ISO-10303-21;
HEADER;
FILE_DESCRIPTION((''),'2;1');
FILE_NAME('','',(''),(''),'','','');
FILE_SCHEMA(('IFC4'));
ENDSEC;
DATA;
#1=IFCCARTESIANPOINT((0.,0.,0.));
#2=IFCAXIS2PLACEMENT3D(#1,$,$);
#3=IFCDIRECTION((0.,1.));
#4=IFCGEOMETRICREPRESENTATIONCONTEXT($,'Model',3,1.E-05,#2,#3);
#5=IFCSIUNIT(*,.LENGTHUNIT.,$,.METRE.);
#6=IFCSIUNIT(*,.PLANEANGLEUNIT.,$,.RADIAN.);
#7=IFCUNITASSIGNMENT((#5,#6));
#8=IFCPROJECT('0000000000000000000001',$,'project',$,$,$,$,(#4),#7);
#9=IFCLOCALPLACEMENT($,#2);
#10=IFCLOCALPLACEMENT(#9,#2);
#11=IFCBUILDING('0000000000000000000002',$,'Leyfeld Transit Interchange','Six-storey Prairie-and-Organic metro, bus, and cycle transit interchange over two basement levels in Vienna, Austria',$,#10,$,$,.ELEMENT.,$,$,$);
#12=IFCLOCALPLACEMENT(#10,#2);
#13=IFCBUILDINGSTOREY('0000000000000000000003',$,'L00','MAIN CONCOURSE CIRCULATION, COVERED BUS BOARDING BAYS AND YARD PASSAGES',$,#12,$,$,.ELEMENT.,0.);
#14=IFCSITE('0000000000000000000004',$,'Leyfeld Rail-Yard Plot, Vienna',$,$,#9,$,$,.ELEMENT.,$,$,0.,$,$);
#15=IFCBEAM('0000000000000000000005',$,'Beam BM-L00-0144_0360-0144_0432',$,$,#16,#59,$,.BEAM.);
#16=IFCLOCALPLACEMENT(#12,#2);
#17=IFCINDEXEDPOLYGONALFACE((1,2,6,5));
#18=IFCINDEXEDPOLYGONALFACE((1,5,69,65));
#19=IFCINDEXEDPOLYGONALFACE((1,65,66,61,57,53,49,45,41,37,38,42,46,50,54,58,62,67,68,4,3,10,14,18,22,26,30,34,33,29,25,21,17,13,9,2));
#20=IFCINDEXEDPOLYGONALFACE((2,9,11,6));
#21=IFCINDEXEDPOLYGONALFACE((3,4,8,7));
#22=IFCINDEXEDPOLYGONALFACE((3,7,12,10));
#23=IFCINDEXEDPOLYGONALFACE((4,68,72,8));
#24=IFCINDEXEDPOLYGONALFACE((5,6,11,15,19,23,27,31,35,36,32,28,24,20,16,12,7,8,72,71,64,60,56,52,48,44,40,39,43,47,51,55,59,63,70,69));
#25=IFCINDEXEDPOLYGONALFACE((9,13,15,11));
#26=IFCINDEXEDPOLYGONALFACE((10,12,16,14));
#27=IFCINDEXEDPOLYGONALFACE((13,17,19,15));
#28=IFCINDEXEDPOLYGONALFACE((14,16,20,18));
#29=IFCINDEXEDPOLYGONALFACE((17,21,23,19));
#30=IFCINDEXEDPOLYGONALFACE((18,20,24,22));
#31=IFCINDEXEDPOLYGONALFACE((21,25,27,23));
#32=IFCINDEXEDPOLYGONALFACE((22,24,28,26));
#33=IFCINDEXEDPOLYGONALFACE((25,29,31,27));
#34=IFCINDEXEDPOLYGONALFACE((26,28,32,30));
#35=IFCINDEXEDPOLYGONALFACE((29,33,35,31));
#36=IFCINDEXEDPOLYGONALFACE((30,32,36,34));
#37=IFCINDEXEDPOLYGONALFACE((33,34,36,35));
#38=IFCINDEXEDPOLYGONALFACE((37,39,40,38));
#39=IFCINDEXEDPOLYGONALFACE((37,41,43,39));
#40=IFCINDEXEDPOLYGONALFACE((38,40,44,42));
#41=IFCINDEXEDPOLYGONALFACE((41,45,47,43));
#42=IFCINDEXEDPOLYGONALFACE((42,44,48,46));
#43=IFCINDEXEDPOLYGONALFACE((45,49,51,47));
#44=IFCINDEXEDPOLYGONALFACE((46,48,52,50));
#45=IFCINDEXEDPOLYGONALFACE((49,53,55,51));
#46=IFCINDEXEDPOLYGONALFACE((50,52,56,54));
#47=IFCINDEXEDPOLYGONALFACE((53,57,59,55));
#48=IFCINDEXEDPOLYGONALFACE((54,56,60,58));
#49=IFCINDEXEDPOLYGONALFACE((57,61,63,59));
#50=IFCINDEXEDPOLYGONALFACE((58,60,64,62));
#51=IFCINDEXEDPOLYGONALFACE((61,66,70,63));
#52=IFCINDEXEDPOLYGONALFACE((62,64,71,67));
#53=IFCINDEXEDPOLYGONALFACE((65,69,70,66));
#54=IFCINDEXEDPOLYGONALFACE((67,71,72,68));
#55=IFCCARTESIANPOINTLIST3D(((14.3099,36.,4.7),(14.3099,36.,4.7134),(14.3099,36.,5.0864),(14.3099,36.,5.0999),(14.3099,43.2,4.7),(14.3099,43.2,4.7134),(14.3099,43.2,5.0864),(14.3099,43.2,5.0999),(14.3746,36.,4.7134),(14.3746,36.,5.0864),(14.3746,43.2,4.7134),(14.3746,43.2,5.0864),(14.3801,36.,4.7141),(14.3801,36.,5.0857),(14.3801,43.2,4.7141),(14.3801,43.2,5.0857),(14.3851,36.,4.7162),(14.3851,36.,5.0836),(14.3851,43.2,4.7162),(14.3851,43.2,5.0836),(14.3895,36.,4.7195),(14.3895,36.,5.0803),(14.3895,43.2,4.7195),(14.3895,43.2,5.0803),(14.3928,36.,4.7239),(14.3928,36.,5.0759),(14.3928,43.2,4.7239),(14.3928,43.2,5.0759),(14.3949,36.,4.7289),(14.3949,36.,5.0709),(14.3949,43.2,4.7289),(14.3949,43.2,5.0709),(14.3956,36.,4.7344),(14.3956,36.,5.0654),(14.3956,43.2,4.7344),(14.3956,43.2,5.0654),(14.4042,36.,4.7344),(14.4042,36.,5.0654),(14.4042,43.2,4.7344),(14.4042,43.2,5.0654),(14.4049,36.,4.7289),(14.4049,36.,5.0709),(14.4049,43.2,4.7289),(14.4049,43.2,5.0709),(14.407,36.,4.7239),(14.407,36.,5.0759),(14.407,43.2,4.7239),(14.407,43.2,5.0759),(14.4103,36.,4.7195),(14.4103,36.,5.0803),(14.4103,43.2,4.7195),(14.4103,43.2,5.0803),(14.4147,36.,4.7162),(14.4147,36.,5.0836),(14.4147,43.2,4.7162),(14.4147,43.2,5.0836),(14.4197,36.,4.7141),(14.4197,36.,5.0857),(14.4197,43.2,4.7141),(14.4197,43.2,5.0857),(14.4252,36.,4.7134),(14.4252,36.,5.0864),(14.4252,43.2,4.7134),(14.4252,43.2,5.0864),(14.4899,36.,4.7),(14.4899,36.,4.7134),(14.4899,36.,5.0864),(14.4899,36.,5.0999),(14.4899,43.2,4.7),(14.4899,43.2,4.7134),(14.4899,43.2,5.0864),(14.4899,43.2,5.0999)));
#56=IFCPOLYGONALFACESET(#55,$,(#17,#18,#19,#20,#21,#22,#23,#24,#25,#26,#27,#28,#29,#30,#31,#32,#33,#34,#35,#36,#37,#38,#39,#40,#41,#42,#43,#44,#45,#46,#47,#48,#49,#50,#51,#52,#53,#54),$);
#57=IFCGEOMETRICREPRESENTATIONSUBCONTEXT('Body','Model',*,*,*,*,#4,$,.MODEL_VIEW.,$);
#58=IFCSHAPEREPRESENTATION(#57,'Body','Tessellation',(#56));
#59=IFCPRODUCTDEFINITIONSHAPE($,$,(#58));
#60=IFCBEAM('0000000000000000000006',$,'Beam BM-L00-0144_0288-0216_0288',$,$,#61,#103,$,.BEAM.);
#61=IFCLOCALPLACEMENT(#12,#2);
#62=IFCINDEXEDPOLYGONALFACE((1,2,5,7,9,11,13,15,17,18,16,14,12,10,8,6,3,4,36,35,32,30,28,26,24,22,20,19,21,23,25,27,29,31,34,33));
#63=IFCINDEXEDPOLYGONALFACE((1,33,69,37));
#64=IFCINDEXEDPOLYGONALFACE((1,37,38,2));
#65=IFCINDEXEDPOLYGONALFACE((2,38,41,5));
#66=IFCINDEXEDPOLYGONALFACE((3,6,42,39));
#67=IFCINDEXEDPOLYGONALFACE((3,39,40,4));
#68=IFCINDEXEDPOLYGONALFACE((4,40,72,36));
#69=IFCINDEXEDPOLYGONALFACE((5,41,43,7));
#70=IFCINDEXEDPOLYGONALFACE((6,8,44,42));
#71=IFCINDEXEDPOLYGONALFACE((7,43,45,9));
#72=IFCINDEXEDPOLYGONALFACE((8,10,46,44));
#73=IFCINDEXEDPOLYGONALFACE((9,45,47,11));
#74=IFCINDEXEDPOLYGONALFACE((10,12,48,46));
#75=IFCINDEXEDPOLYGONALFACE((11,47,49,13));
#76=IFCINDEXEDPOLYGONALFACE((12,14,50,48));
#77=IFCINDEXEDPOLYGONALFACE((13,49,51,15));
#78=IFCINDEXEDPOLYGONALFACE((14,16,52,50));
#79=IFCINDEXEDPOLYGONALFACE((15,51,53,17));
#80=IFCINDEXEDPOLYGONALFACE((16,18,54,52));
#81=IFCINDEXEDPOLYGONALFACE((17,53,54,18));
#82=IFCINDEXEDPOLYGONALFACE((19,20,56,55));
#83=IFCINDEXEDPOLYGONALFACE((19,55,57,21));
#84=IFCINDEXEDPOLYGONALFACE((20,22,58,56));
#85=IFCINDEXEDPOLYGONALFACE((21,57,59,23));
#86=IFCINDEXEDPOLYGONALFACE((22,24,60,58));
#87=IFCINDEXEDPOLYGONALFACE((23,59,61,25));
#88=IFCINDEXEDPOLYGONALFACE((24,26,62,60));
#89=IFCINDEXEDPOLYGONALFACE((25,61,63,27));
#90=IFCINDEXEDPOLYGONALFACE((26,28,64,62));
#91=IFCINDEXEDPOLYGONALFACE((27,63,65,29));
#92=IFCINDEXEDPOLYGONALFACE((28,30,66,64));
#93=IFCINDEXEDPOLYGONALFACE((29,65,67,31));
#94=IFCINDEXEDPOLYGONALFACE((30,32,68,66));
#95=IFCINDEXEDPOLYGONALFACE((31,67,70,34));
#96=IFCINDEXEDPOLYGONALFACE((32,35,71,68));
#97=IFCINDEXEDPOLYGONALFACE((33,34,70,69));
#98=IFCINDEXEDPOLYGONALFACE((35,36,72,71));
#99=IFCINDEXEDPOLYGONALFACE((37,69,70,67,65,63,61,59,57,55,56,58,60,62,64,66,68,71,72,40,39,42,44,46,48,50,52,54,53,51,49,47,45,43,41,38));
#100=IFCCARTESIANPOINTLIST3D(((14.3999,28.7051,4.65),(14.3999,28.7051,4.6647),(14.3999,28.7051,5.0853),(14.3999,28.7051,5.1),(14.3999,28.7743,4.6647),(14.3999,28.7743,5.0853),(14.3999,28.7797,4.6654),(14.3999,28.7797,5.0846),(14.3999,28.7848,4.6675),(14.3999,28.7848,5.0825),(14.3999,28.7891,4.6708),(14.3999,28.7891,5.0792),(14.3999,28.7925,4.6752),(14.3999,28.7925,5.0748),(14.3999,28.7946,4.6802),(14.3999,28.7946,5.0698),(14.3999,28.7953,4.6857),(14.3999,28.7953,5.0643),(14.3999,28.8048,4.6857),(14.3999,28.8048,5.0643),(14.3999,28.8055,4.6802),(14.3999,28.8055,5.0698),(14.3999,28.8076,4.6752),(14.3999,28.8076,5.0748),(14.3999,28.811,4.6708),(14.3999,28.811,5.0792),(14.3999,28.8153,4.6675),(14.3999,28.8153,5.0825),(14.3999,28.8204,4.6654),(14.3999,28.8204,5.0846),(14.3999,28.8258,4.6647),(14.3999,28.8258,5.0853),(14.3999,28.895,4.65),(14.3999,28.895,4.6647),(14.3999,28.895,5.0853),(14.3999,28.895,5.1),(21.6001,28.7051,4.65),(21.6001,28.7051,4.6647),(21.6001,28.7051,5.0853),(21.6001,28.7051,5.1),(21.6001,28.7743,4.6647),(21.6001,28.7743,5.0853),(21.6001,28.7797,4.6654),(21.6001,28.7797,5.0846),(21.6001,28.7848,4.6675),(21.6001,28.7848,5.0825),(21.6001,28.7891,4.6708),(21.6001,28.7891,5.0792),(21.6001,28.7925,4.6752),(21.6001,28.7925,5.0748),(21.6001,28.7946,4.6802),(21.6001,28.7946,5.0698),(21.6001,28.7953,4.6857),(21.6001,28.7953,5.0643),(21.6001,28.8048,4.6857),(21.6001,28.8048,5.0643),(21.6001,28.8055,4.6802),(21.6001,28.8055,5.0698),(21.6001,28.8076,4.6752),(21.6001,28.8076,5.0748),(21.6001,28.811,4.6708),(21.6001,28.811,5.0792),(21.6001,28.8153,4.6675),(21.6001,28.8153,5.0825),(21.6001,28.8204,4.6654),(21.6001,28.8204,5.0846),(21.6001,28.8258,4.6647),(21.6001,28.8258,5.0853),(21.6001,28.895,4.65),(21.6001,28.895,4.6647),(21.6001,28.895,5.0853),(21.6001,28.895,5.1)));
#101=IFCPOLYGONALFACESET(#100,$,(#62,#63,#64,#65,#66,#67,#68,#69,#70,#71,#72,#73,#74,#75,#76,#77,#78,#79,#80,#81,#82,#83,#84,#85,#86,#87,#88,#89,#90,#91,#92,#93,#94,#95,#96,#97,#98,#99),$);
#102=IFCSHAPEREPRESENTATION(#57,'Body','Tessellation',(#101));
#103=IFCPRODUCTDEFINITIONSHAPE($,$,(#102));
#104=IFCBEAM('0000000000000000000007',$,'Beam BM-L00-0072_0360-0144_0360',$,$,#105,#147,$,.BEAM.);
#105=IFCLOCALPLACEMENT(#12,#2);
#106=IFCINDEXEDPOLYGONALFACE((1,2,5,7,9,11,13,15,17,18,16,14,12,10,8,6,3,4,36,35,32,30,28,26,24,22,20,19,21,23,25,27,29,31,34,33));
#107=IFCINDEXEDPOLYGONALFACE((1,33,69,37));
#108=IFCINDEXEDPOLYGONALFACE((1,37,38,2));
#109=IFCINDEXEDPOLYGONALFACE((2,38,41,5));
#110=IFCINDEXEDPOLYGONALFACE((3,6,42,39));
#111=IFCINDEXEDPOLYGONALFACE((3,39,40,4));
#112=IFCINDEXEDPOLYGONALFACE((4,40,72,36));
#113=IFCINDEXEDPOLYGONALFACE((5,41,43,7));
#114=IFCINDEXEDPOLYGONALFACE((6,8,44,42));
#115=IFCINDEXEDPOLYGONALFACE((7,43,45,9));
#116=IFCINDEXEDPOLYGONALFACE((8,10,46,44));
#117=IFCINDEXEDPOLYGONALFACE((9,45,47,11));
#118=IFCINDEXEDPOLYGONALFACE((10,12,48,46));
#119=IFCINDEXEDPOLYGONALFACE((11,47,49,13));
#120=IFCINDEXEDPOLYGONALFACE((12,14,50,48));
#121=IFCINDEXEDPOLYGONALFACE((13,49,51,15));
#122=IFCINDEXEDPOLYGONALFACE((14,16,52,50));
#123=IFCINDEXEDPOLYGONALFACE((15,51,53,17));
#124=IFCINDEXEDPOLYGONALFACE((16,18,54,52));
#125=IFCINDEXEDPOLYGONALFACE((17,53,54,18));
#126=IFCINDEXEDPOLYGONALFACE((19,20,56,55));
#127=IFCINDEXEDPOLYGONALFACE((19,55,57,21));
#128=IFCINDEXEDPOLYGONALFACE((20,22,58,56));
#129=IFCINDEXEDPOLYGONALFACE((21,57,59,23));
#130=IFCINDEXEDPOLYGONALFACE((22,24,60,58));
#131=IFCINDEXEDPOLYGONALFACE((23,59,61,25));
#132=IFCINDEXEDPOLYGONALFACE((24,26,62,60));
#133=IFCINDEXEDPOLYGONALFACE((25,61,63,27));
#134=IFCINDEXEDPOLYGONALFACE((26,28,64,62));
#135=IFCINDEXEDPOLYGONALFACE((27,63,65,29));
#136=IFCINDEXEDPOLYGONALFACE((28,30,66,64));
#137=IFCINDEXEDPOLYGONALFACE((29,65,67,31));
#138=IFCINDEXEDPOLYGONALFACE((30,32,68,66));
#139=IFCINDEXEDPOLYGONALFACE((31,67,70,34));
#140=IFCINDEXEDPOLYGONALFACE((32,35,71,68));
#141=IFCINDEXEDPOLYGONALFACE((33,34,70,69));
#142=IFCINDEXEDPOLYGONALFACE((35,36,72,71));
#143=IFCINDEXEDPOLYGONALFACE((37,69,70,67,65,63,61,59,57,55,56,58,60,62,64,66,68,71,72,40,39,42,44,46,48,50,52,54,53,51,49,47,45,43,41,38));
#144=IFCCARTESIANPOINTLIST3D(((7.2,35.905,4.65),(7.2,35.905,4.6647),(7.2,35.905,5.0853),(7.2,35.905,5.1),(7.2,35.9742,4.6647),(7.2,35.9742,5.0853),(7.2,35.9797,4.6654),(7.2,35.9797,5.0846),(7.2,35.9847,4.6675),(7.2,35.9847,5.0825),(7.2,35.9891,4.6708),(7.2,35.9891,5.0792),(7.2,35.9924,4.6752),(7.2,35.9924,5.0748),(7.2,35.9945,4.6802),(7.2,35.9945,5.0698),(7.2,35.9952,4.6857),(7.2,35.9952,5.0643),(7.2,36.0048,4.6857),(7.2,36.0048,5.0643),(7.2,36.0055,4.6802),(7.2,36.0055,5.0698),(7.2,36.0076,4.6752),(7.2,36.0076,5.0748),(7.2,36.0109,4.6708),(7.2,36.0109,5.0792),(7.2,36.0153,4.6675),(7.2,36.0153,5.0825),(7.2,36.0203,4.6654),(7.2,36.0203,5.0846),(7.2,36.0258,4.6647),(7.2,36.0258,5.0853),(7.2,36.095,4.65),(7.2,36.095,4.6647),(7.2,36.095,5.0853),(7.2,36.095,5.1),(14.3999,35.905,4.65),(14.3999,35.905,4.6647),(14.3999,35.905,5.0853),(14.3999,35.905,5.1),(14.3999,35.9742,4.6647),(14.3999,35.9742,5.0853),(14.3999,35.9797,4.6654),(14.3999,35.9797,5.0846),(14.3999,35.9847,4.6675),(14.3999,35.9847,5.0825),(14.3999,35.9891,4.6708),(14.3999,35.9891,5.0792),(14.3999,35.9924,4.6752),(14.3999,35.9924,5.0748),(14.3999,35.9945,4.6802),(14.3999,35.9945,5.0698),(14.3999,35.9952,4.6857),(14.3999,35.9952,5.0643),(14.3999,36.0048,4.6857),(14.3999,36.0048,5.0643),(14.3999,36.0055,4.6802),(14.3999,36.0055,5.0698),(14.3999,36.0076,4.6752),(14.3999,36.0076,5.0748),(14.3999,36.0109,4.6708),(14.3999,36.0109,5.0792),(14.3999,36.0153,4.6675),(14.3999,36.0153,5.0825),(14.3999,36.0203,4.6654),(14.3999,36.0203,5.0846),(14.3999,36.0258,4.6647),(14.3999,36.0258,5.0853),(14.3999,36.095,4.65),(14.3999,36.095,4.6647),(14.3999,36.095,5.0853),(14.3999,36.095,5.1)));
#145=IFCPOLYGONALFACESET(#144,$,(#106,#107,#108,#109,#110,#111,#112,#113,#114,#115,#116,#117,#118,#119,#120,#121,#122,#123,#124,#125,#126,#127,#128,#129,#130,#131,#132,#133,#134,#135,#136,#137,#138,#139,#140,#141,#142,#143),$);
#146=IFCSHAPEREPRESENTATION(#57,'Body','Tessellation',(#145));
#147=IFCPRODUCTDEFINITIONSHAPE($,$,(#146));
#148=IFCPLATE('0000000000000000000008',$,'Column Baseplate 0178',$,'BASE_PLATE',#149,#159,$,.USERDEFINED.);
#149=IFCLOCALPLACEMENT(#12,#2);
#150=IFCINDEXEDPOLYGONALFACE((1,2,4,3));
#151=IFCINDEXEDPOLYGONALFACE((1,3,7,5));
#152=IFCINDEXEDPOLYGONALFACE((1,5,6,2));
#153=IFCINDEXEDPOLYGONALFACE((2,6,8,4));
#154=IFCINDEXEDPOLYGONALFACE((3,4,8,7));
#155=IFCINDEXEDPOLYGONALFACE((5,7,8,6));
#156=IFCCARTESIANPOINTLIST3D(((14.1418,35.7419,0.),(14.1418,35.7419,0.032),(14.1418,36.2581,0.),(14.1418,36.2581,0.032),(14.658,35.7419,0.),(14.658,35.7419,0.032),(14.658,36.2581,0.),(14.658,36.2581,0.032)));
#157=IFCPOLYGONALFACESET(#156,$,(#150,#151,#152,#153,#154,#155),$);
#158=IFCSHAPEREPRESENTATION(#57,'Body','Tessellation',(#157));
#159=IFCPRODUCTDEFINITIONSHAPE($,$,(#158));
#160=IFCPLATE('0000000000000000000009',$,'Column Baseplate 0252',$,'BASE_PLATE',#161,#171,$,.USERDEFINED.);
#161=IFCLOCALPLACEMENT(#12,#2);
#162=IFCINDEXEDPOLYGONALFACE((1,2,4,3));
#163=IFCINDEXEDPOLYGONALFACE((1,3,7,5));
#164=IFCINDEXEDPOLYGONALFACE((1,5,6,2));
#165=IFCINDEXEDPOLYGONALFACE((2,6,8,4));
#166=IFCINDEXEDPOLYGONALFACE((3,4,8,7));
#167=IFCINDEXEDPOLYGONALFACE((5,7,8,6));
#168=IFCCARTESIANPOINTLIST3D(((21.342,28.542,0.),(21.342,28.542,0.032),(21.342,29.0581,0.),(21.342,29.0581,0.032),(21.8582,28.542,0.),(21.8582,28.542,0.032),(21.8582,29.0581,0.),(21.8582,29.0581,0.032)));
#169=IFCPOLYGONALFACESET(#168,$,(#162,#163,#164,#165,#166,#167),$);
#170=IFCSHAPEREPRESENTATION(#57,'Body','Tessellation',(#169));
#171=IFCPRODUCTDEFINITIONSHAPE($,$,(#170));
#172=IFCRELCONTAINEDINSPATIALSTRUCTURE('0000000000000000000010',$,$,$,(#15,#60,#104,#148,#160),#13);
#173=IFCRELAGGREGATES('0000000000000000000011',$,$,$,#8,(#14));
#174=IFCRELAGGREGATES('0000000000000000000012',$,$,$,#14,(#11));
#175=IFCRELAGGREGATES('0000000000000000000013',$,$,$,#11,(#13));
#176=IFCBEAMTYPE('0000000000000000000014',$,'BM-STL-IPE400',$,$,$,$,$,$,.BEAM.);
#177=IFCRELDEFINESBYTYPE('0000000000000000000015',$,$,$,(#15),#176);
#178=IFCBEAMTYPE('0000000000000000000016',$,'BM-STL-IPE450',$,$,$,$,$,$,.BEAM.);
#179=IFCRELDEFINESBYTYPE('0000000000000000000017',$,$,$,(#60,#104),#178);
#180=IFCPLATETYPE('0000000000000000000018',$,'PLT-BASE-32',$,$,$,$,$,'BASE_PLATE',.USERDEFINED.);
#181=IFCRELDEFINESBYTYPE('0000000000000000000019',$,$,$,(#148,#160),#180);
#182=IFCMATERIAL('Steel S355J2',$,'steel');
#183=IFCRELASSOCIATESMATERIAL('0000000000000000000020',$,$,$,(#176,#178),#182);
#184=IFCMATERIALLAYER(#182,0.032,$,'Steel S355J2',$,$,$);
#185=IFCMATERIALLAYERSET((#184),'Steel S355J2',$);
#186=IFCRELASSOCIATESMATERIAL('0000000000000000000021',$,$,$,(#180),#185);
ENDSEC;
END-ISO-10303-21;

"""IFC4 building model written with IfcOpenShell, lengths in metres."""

from ifc_helpers import new_model, si_unit, direction, frame, origin, origin_2d, place, context, subcontext, project, spatial, rectangle, i_section, extrude, material, layer, layer_set, material_profile, profile_set, type_object, element, save


model = new_model("IFC4")

# Units and contexts
model_context = context("Model", 3, precision=1e-05, world=origin(), true_north=direction((0.0, 1.0)))
body_context = subcontext(model_context, "Body", "Model", "MODEL_VIEW")
ifc_project = project(units=[si_unit("LENGTHUNIT", "METRE"), si_unit("PLANEANGLEUNIT", "RADIAN")], contexts=[model_context])

# Site, building, storey
site_placement = place(None, origin())
site = spatial("IfcSite", under=ifc_project, at=site_placement, Name="Leyfeld Rail-Yard Plot, Vienna", CompositionType="ELEMENT", RefElevation=0.0)
building_placement = place(site_placement, origin())
building = spatial("IfcBuilding", under=site, at=building_placement, Name="Leyfeld Transit Interchange", Description="Six-storey Prairie-and-Organic metro, bus, and cycle transit interchange over two basement levels in Vienna, Austria", CompositionType="ELEMENT")
storey_placement = place(building_placement, origin())
storey = spatial("IfcBuildingStorey", under=building, at=storey_placement, Name="L00", Description="MAIN CONCOURSE CIRCULATION, COVERED BUS BOARDING BAYS AND YARD PASSAGES", CompositionType="ELEMENT", Elevation=0.0)

# Shared definitions
ifc_material_1 = material(Name="Steel S355J2", Category="steel")

# Beams
ifc_material_profile_1 = material_profile(ifc_material_1, i_section(OverallWidth=0.1799, OverallDepth=0.3999, WebThickness=0.0085, FlangeThickness=0.0134, FilletRadius=0.021, at=origin_2d()), Name="IPE 400")
ifc_profile_set_1 = profile_set([ifc_material_profile_1], Name="Steel S355J2")
beam_type_1 = type_object("IfcBeamType", Name="BM-STL-IPE400", PredefinedType="BEAM", material=ifc_profile_set_1)
for number, where, z_axis, x_axis, name in (
    (1, (14.3999, 36.0, 4.8999), (0.0, 1.0, 0.0), (-1.0, 0.0, 0.0), "Beam BM-L00-0144_0360-0144_0432"),
):
    element("IfcBeam", number, at=place(storey_placement, frame(where, z_axis=z_axis, x_axis=x_axis)), inside=storey, type_object=beam_type_1, Name=name, PredefinedType="BEAM", context=body_context, shape_type="SweptSolid", body=[
        extrude(i_section(OverallWidth=0.1799, OverallDepth=0.3999, WebThickness=0.0085, FlangeThickness=0.0134, FilletRadius=0.021, at=origin_2d()), origin(), (0.0, 0.0, 1.0), 7.2),
    ])
ifc_material_profile_2 = material_profile(ifc_material_1, i_section(OverallWidth=0.1899, OverallDepth=0.45, WebThickness=0.0095, FlangeThickness=0.0146, FilletRadius=0.021, at=origin_2d()), Name="IPE 450")
ifc_profile_set_2 = profile_set([ifc_material_profile_2], Name="Steel S355J2")
beam_type_2 = type_object("IfcBeamType", Name="BM-STL-IPE450", PredefinedType="BEAM", material=ifc_profile_set_2)
beam_1_placement = place(storey_placement, frame((14.3999, 28.8, 4.875), z_axis=(1.0, 0.0, 0.0), x_axis=(0.0, 1.0, 0.0)))
element("IfcBeam", 2, at=beam_1_placement, inside=storey, type_object=beam_type_2, Name="Beam BM-L00-0144_0288-0216_0288", PredefinedType="BEAM", context=body_context, shape_type="SweptSolid", body=[
    extrude(i_section(OverallWidth=0.1899, OverallDepth=0.45, WebThickness=0.0095, FlangeThickness=0.0146, FilletRadius=0.021, at=origin_2d()), origin(), (0.0, 0.0, 1.0), 7.2002),
])
beam_2_placement = place(storey_placement, frame((7.2, 36.0, 4.875), z_axis=(1.0, 0.0, 0.0), x_axis=(0.0, 1.0, 0.0)))
element("IfcBeam", 3, at=beam_2_placement, inside=storey, type_object=beam_type_2, Name="Beam BM-L00-0072_0360-0144_0360", PredefinedType="BEAM", context=body_context, shape_type="SweptSolid", body=[
    extrude(i_section(OverallWidth=0.1899, OverallDepth=0.45, WebThickness=0.0095, FlangeThickness=0.0146, FilletRadius=0.021, at=origin_2d()), origin(), (0.0, 0.0, 1.0), 7.2),
])

# Plates
ifc_layer_1 = layer(ifc_material_1, 0.032, Name="Steel S355J2")
ifc_layer_set_1 = layer_set([ifc_layer_1], Name="Steel S355J2")
plate_type = type_object("IfcPlateType", Name="PLT-BASE-32", ElementType="BASE_PLATE", PredefinedType="USERDEFINED", material=ifc_layer_set_1)
for number, where, z_axis, x_axis, name in (
    (4, (14.3999, 36.0, 0.0), (0.0, 0.0, 1.0), (1.0, 0.0, 0.0), "Column Baseplate 0178"),
    (5, (21.6001, 28.8, 0.0), (0.0, 0.0, 1.0), (1.0, 0.0, 0.0), "Column Baseplate 0252"),
):
    element("IfcPlate", number, at=place(storey_placement, frame(where, z_axis=z_axis, x_axis=x_axis)), inside=storey, type_object=plate_type, Name=name, ObjectType="BASE_PLATE", PredefinedType="USERDEFINED", context=body_context, shape_type="SweptSolid", body=[
        extrude(rectangle(XDim=0.5161, YDim=0.5161, at=origin_2d()), origin(), (0.0, 0.0, 1.0), 0.032),
    ])

save(model, "model.ifc")
